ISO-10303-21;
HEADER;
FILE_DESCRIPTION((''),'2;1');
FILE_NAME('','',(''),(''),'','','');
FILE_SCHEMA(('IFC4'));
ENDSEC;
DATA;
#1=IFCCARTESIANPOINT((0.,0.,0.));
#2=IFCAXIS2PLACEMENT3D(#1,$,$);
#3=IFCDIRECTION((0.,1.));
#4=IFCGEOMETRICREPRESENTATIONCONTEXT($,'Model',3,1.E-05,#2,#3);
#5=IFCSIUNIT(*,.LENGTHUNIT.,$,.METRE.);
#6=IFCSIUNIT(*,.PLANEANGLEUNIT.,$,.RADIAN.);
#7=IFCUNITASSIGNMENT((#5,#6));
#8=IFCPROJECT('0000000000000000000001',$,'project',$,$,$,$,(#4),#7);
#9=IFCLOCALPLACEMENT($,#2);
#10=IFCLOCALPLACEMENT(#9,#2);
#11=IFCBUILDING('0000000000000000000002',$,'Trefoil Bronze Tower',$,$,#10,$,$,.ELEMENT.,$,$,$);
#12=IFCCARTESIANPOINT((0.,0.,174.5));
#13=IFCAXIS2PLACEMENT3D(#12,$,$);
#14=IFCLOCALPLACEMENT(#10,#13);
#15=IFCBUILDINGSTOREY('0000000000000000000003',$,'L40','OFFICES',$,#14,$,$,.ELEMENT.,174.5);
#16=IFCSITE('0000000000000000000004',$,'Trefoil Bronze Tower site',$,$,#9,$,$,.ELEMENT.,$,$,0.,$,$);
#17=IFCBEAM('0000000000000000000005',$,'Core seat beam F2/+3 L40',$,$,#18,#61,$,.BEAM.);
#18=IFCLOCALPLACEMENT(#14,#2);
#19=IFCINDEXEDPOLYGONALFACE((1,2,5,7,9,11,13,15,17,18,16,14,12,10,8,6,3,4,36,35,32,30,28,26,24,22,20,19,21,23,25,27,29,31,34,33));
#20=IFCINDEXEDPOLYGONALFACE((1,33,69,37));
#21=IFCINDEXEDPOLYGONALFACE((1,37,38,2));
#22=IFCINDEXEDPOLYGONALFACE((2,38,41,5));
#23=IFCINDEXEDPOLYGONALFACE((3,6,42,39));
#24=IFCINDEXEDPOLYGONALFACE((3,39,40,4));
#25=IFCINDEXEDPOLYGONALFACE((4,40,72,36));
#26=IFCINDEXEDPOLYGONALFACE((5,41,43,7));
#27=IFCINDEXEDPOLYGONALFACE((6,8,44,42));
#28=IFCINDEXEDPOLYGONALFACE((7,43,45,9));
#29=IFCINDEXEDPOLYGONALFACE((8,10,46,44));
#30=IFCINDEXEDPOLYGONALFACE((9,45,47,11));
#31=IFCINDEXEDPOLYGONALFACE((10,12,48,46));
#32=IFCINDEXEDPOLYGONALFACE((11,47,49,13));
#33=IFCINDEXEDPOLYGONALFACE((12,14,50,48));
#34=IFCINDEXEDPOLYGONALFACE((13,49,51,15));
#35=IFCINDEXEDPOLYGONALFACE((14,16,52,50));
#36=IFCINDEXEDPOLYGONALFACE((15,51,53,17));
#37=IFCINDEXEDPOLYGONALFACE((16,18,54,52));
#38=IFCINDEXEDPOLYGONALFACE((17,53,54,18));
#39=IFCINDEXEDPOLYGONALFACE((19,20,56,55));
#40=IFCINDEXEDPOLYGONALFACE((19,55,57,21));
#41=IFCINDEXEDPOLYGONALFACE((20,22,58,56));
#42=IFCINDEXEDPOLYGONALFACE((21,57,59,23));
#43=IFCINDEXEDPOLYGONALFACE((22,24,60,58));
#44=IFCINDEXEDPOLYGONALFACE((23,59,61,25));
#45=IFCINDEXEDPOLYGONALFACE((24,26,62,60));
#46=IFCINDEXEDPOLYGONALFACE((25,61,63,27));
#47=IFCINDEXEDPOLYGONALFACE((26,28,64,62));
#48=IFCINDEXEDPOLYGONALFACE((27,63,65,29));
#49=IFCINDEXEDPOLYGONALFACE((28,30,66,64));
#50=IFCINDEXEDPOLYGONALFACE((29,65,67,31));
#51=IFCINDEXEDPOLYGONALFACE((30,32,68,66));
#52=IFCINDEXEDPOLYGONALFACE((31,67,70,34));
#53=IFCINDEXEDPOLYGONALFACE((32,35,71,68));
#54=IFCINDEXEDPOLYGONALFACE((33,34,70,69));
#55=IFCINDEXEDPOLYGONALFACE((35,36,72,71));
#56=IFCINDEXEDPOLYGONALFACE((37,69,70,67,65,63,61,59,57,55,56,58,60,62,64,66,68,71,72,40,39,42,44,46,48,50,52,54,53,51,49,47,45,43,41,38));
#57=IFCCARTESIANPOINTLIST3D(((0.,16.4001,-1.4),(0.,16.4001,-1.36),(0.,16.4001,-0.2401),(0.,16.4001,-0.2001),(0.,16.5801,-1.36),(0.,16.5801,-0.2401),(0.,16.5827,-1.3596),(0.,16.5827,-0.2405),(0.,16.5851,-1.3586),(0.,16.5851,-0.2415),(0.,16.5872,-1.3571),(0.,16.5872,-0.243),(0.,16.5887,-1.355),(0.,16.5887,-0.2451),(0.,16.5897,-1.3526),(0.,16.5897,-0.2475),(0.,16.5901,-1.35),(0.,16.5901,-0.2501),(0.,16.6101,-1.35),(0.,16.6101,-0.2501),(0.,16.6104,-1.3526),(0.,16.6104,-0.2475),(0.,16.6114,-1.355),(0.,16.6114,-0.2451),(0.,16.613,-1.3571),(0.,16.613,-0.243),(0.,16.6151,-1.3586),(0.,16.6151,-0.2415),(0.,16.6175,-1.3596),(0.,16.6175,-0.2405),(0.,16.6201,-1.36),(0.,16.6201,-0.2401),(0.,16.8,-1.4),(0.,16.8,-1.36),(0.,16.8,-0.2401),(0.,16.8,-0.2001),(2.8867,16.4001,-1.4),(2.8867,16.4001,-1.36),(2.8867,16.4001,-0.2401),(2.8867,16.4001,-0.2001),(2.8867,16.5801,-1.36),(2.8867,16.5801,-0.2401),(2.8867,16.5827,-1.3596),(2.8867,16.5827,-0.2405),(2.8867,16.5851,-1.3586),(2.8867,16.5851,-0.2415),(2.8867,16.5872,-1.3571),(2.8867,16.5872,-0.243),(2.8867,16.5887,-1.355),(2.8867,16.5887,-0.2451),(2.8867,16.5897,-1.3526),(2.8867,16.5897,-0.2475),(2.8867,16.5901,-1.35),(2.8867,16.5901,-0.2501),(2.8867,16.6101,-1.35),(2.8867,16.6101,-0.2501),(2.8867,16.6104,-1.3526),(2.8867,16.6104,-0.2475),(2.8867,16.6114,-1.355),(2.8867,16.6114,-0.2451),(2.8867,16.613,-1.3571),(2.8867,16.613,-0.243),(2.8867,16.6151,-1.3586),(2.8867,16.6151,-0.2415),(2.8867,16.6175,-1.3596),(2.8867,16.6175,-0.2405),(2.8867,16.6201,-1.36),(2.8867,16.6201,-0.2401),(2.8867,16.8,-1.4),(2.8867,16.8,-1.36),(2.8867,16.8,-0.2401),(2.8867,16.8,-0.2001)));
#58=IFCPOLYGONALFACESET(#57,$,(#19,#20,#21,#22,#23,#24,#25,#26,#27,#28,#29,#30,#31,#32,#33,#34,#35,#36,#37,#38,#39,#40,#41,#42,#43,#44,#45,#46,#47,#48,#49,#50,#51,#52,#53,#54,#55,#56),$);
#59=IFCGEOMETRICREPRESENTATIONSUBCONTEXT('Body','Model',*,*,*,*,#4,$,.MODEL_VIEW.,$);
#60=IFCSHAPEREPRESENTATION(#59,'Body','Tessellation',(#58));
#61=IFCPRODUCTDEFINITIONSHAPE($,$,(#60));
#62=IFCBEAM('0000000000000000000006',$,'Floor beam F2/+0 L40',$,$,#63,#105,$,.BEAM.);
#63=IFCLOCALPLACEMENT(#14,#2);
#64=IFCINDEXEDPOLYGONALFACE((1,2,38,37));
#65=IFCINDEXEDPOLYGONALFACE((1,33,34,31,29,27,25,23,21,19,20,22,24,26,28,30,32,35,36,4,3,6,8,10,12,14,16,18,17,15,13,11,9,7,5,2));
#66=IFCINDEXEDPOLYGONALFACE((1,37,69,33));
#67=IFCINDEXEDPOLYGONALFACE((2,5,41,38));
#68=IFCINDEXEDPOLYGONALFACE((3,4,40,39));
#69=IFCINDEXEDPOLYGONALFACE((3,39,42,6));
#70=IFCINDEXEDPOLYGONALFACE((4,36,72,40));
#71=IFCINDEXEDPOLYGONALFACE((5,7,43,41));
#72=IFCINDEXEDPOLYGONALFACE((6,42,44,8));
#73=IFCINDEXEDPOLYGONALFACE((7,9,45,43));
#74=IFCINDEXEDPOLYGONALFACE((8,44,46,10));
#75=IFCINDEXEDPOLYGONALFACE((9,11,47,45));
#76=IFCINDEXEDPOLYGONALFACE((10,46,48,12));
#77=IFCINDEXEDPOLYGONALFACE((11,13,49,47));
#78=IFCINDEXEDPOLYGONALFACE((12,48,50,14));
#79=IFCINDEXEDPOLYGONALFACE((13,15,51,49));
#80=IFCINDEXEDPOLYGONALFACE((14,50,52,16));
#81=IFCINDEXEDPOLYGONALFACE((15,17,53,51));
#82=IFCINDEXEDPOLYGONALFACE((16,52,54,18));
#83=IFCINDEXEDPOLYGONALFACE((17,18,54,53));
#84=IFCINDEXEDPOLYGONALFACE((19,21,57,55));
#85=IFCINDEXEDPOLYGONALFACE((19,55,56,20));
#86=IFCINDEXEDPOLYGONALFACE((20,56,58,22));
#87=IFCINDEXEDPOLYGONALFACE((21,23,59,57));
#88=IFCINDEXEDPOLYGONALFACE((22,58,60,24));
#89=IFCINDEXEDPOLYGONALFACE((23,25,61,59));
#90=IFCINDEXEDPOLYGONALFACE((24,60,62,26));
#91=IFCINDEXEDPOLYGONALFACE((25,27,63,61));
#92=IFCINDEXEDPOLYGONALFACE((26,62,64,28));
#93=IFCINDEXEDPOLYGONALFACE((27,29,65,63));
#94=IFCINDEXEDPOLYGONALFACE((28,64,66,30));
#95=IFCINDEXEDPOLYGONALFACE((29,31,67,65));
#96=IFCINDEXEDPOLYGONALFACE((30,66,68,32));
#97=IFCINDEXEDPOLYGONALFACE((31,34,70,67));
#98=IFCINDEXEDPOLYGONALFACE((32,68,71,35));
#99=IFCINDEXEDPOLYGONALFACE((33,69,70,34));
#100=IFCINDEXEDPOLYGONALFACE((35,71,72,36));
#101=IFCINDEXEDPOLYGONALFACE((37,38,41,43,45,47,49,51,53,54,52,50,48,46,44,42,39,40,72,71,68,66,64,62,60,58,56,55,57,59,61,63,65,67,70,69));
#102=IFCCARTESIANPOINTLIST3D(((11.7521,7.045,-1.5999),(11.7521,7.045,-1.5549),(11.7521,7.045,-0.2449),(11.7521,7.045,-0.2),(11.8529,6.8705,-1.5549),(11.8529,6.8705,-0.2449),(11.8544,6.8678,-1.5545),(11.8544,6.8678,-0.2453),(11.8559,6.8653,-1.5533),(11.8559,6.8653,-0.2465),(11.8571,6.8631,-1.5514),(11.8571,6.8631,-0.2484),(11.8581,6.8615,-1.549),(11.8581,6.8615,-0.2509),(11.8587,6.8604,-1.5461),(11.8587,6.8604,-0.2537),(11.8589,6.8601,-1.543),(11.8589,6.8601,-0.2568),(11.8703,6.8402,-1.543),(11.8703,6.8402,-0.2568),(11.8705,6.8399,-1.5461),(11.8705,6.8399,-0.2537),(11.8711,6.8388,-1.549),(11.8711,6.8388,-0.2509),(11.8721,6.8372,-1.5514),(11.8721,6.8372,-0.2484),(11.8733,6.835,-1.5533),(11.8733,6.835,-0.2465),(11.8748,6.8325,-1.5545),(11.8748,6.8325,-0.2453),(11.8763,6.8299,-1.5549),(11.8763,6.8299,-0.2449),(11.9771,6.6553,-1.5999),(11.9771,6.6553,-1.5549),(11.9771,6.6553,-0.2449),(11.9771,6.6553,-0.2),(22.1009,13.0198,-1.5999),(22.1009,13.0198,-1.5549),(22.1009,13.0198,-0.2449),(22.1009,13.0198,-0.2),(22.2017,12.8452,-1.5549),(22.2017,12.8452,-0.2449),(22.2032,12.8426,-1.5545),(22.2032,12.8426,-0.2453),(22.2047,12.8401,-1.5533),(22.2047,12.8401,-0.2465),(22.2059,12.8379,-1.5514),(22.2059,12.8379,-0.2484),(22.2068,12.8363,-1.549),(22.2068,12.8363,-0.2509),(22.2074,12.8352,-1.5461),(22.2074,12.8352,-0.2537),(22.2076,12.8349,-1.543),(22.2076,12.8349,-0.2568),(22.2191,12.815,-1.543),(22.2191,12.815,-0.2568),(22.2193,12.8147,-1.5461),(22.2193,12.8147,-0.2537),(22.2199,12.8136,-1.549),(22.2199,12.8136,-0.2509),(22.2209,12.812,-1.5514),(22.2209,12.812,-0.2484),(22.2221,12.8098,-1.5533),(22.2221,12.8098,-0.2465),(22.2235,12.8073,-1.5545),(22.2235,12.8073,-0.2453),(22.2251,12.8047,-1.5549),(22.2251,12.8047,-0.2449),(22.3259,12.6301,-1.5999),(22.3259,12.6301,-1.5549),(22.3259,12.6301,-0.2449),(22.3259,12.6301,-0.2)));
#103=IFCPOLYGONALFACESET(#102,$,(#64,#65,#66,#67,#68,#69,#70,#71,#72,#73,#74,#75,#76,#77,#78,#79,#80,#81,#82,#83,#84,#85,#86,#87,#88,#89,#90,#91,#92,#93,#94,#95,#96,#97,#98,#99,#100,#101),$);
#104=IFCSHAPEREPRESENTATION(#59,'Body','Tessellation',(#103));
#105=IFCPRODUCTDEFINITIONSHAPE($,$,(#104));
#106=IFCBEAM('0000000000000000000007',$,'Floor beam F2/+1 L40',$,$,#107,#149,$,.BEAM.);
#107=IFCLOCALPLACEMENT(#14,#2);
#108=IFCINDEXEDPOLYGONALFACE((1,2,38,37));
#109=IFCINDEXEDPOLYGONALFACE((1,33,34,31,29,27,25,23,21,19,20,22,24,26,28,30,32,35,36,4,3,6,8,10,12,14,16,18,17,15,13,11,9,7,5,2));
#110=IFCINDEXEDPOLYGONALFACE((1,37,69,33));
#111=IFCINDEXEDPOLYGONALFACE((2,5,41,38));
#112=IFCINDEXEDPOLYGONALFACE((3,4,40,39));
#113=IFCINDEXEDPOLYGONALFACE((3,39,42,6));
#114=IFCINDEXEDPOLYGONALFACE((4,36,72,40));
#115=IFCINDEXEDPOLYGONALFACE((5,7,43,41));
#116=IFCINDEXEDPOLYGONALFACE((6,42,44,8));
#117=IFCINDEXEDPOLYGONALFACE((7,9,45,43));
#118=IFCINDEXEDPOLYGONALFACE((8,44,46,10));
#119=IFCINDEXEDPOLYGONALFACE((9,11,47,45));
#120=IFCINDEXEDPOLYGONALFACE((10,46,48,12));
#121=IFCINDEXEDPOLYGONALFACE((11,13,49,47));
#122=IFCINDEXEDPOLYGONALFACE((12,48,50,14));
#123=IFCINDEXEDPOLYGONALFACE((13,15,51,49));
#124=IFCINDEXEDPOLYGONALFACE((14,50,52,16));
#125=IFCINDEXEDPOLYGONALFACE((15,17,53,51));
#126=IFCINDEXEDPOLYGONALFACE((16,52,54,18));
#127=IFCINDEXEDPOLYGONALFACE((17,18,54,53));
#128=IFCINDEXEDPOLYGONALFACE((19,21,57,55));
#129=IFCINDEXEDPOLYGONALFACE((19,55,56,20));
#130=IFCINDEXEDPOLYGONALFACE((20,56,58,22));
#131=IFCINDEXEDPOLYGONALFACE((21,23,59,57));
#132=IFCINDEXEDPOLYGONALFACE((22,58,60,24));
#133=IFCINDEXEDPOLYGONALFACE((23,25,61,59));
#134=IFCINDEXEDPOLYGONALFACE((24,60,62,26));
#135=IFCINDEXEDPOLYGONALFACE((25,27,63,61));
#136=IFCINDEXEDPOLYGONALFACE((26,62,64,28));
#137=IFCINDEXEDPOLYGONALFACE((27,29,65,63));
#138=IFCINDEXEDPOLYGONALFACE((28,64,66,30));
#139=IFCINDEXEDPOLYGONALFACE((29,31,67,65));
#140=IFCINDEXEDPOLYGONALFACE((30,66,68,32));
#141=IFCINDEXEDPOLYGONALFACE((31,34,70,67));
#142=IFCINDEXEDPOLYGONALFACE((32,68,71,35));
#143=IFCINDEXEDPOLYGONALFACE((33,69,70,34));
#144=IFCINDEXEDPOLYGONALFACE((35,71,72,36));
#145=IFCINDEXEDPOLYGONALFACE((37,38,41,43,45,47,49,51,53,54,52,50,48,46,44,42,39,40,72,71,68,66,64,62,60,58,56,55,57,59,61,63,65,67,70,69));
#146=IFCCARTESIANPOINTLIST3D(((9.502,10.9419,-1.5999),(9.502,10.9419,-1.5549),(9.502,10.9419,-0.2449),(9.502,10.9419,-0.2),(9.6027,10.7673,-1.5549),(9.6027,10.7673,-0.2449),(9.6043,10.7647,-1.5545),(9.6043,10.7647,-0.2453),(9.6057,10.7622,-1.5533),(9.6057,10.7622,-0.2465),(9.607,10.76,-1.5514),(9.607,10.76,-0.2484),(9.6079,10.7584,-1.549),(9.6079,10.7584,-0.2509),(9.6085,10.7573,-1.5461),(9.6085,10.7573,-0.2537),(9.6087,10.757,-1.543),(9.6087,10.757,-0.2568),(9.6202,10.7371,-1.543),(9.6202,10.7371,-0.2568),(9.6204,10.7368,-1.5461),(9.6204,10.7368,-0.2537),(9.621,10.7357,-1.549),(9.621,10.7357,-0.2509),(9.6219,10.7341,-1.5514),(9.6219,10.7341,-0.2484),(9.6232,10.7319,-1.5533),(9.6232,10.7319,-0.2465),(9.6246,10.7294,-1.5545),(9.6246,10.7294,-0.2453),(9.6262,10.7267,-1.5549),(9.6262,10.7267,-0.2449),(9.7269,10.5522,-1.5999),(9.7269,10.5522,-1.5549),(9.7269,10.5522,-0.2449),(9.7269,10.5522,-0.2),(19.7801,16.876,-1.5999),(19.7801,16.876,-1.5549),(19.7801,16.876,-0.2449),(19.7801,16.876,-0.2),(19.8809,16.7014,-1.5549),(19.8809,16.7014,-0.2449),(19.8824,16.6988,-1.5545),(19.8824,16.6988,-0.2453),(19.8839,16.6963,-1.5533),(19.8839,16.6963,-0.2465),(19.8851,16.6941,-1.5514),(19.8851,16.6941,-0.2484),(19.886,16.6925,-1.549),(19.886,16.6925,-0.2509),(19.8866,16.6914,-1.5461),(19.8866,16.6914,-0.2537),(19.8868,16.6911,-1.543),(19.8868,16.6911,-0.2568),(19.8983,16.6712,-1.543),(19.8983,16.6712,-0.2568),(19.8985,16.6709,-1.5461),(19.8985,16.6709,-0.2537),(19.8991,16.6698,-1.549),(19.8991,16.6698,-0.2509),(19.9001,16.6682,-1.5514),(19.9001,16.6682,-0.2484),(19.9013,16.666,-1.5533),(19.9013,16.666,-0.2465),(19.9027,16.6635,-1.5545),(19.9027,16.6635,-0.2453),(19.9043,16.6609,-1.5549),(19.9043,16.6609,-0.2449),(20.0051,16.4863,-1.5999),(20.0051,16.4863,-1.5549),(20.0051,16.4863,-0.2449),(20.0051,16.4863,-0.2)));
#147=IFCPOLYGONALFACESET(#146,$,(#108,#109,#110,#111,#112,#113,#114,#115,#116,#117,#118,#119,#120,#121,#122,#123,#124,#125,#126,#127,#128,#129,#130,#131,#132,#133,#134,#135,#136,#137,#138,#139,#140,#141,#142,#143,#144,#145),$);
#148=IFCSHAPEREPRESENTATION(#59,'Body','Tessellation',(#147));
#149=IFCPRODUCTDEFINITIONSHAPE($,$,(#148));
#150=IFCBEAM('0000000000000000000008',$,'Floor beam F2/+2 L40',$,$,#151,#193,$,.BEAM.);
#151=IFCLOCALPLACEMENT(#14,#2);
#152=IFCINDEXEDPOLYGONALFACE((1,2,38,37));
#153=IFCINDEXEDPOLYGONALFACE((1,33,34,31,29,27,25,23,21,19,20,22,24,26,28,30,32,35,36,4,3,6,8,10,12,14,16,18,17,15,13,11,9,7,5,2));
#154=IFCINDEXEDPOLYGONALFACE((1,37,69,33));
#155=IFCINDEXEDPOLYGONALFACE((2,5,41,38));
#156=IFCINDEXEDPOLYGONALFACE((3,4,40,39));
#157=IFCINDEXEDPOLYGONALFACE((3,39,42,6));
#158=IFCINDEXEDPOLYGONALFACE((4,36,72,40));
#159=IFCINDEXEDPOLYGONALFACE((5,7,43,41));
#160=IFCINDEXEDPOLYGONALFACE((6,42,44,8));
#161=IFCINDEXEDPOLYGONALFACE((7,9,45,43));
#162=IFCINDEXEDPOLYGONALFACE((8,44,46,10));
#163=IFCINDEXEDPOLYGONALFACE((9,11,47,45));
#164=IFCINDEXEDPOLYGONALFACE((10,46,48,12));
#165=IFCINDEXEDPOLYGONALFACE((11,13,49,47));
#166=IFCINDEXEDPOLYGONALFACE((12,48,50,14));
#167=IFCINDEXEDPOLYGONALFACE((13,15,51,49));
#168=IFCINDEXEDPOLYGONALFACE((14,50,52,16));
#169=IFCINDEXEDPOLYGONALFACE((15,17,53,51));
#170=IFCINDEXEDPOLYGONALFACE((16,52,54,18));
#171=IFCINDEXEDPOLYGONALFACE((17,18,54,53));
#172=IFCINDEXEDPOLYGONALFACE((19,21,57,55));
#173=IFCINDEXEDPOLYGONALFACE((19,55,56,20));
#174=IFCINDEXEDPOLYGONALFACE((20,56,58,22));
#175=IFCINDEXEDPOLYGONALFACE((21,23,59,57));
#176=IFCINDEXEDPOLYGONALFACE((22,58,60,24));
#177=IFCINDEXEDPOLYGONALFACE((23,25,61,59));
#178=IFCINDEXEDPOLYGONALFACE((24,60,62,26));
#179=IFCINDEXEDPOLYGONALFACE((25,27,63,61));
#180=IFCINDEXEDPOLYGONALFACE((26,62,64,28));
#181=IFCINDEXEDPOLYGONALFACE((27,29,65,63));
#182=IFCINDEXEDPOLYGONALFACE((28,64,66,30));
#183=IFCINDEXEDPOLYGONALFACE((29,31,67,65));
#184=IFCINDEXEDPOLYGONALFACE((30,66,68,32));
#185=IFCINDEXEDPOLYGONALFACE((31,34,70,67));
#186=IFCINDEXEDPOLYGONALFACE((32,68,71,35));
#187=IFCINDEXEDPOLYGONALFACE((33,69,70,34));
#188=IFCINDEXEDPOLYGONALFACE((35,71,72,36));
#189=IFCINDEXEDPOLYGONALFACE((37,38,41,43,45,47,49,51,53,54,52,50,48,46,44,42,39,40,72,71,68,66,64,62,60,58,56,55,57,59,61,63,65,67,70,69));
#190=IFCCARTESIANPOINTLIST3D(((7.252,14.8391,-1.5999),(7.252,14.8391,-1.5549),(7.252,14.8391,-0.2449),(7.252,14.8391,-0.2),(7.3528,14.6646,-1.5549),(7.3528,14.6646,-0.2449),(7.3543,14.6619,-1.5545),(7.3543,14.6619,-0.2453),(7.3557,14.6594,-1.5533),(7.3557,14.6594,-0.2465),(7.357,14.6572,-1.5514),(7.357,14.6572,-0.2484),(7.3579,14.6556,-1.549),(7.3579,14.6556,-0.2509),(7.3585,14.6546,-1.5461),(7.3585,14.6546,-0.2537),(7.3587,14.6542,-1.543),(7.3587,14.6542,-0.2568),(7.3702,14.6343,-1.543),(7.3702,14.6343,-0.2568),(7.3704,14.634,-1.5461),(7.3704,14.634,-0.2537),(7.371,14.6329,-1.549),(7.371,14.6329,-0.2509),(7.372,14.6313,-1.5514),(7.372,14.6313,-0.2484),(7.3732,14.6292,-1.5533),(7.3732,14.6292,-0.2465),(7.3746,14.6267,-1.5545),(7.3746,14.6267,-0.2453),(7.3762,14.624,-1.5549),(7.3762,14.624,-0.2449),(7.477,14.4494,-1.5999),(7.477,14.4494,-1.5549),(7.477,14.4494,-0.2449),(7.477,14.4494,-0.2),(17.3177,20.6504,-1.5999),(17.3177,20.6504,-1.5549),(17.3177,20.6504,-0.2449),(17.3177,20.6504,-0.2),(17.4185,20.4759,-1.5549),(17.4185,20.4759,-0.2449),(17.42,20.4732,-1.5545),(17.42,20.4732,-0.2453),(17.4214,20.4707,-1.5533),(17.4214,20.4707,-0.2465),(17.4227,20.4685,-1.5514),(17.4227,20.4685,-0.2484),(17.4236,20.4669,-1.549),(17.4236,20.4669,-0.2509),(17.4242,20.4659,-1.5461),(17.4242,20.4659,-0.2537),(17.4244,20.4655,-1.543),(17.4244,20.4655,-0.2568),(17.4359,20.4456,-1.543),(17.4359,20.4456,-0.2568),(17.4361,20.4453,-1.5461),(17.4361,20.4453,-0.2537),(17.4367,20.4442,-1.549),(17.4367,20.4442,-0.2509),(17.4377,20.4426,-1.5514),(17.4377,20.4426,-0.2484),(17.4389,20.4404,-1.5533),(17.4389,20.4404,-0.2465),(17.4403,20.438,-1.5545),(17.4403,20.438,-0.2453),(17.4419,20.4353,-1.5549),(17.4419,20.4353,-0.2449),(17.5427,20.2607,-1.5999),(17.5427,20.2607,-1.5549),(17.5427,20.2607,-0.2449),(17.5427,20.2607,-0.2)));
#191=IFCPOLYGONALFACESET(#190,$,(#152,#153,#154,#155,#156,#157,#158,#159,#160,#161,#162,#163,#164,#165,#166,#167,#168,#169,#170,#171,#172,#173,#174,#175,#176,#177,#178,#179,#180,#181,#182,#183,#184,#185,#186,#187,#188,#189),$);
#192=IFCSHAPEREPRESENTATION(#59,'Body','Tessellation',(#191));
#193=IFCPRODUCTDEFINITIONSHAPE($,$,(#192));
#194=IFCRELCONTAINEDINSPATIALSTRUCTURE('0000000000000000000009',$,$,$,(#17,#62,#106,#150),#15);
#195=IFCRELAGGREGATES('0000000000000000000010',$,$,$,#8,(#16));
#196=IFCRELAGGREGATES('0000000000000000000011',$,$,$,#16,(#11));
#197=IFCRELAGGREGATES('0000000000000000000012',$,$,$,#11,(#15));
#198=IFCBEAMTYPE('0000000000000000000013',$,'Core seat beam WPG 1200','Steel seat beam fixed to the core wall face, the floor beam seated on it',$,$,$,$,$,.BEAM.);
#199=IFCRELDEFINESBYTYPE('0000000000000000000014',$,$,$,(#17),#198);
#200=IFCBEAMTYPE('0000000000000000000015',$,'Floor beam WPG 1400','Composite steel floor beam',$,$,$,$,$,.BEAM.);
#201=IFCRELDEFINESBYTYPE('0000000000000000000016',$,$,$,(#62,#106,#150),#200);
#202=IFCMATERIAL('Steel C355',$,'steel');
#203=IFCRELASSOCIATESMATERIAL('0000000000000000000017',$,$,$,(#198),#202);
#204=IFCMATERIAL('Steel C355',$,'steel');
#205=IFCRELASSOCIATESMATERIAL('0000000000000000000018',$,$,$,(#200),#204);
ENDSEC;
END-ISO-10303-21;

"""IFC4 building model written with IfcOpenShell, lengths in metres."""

from ifc_helpers import new_model, si_unit, direction, frame, origin, origin_2d, place, context, subcontext, project, spatial, i_section, extrude, material, material_profile, profile_set, type_object, element, save


model = new_model("IFC4")

# Units and contexts
model_context = context("Model", 3, precision=1e-05, world=origin(), true_north=direction((0.0, 1.0)))
body_context = subcontext(model_context, "Body", "Model", "MODEL_VIEW")
ifc_project = project(units=[si_unit("LENGTHUNIT", "METRE"), si_unit("PLANEANGLEUNIT", "RADIAN")], contexts=[model_context])

# Site, building, storey
site_placement = place(None, origin())
site = spatial("IfcSite", under=ifc_project, at=site_placement, Name="Trefoil Bronze Tower site", CompositionType="ELEMENT", RefElevation=0.0)
building_placement = place(site_placement, origin())
building = spatial("IfcBuilding", under=site, at=building_placement, Name="Trefoil Bronze Tower", CompositionType="ELEMENT")
storey_placement = place(building_placement, frame((0.0, 0.0, 174.5)))
storey = spatial("IfcBuildingStorey", under=building, at=storey_placement, Name="L40", Description="OFFICES", CompositionType="ELEMENT", Elevation=174.5)

# Beams
ifc_material_1 = material(Name="Steel C355", Category="steel")
ifc_material_profile_1 = material_profile(ifc_material_1, i_section(OverallWidth=0.3999, OverallDepth=1.2, WebThickness=0.02, FlangeThickness=0.04, FilletRadius=0.01, at=origin_2d()), Name="WPG 1200")
ifc_profile_set_1 = profile_set([ifc_material_profile_1], Name="Steel C355")
beam_type_1 = type_object("IfcBeamType", Name="Core seat beam WPG 1200", Description="Steel seat beam fixed to the core wall face, the floor beam seated on it", PredefinedType="BEAM", material=ifc_profile_set_1)
beam_1_placement = place(storey_placement, frame((2.8867, 16.6001, -0.8), z_axis=(-1.0, 0.0, 0.0), x_axis=(0.0, -1.0, 0.0)))
element("IfcBeam", 1, at=beam_1_placement, inside=storey, type_object=beam_type_1, Name="Core seat beam F2/+3 L40", PredefinedType="BEAM", context=body_context, shape_type="SweptSolid", body=[
    extrude(i_section(OverallWidth=0.3999, OverallDepth=1.2, WebThickness=0.02, FlangeThickness=0.04, FilletRadius=0.01, at=origin_2d()), origin(), (0.0, 0.0, 1.0), 2.8867),
])
ifc_material_2 = material(Name="Steel C355", Category="steel")
ifc_material_profile_2 = material_profile(ifc_material_2, i_section(OverallWidth=0.45, OverallDepth=1.3999, WebThickness=0.0229, FlangeThickness=0.0449, FilletRadius=0.012, at=origin_2d()), Name="WPG 1400")
ifc_profile_set_2 = profile_set([ifc_material_profile_2], Name="Steel C355")
beam_type_2 = type_object("IfcBeamType", Name="Floor beam WPG 1400", Description="Composite steel floor beam", PredefinedType="BEAM", material=ifc_profile_set_2)
beam_2_placement = place(storey_placement, frame((22.2134, 12.825, -0.8999), z_axis=(-0.866028, -0.499995, 0.0), x_axis=(0.499995, -0.866028, 0.0)))
element("IfcBeam", 2, at=beam_2_placement, inside=storey, type_object=beam_type_2, Name="Floor beam F2/+0 L40", PredefinedType="BEAM", context=body_context, shape_type="SweptSolid", body=[
    extrude(i_section(OverallWidth=0.45, OverallDepth=1.3999, WebThickness=0.0229, FlangeThickness=0.0449, FilletRadius=0.012, at=origin_2d()), origin(), (0.0, 0.0, 1.0), 11.9497),
])
beam_3_placement = place(storey_placement, frame((19.8926, 16.6812, -0.8999), z_axis=(-0.866024, -0.500002, 0.0), x_axis=(0.500002, -0.866024, 0.0)))
element("IfcBeam", 3, at=beam_3_placement, inside=storey, type_object=beam_type_2, Name="Floor beam F2/+1 L40", PredefinedType="BEAM", context=body_context, shape_type="SweptSolid", body=[
    extrude(i_section(OverallWidth=0.45, OverallDepth=1.3999, WebThickness=0.0229, FlangeThickness=0.0449, FilletRadius=0.012, at=origin_2d()), origin(), (0.0, 0.0, 1.0), 11.8682),
])
beam_4_placement = place(storey_placement, frame((17.4302, 20.4556, -0.8999), z_axis=(-0.866031, -0.499991, 0.0), x_axis=(0.499991, -0.866031, 0.0)))
element("IfcBeam", 4, at=beam_4_placement, inside=storey, type_object=beam_type_2, Name="Floor beam F2/+2 L40", PredefinedType="BEAM", context=body_context, shape_type="SweptSolid", body=[
    extrude(i_section(OverallWidth=0.45, OverallDepth=1.3999, WebThickness=0.0229, FlangeThickness=0.0449, FilletRadius=0.012, at=origin_2d()), origin(), (0.0, 0.0, 1.0), 11.6228),
])

save(model, "model.ifc")
